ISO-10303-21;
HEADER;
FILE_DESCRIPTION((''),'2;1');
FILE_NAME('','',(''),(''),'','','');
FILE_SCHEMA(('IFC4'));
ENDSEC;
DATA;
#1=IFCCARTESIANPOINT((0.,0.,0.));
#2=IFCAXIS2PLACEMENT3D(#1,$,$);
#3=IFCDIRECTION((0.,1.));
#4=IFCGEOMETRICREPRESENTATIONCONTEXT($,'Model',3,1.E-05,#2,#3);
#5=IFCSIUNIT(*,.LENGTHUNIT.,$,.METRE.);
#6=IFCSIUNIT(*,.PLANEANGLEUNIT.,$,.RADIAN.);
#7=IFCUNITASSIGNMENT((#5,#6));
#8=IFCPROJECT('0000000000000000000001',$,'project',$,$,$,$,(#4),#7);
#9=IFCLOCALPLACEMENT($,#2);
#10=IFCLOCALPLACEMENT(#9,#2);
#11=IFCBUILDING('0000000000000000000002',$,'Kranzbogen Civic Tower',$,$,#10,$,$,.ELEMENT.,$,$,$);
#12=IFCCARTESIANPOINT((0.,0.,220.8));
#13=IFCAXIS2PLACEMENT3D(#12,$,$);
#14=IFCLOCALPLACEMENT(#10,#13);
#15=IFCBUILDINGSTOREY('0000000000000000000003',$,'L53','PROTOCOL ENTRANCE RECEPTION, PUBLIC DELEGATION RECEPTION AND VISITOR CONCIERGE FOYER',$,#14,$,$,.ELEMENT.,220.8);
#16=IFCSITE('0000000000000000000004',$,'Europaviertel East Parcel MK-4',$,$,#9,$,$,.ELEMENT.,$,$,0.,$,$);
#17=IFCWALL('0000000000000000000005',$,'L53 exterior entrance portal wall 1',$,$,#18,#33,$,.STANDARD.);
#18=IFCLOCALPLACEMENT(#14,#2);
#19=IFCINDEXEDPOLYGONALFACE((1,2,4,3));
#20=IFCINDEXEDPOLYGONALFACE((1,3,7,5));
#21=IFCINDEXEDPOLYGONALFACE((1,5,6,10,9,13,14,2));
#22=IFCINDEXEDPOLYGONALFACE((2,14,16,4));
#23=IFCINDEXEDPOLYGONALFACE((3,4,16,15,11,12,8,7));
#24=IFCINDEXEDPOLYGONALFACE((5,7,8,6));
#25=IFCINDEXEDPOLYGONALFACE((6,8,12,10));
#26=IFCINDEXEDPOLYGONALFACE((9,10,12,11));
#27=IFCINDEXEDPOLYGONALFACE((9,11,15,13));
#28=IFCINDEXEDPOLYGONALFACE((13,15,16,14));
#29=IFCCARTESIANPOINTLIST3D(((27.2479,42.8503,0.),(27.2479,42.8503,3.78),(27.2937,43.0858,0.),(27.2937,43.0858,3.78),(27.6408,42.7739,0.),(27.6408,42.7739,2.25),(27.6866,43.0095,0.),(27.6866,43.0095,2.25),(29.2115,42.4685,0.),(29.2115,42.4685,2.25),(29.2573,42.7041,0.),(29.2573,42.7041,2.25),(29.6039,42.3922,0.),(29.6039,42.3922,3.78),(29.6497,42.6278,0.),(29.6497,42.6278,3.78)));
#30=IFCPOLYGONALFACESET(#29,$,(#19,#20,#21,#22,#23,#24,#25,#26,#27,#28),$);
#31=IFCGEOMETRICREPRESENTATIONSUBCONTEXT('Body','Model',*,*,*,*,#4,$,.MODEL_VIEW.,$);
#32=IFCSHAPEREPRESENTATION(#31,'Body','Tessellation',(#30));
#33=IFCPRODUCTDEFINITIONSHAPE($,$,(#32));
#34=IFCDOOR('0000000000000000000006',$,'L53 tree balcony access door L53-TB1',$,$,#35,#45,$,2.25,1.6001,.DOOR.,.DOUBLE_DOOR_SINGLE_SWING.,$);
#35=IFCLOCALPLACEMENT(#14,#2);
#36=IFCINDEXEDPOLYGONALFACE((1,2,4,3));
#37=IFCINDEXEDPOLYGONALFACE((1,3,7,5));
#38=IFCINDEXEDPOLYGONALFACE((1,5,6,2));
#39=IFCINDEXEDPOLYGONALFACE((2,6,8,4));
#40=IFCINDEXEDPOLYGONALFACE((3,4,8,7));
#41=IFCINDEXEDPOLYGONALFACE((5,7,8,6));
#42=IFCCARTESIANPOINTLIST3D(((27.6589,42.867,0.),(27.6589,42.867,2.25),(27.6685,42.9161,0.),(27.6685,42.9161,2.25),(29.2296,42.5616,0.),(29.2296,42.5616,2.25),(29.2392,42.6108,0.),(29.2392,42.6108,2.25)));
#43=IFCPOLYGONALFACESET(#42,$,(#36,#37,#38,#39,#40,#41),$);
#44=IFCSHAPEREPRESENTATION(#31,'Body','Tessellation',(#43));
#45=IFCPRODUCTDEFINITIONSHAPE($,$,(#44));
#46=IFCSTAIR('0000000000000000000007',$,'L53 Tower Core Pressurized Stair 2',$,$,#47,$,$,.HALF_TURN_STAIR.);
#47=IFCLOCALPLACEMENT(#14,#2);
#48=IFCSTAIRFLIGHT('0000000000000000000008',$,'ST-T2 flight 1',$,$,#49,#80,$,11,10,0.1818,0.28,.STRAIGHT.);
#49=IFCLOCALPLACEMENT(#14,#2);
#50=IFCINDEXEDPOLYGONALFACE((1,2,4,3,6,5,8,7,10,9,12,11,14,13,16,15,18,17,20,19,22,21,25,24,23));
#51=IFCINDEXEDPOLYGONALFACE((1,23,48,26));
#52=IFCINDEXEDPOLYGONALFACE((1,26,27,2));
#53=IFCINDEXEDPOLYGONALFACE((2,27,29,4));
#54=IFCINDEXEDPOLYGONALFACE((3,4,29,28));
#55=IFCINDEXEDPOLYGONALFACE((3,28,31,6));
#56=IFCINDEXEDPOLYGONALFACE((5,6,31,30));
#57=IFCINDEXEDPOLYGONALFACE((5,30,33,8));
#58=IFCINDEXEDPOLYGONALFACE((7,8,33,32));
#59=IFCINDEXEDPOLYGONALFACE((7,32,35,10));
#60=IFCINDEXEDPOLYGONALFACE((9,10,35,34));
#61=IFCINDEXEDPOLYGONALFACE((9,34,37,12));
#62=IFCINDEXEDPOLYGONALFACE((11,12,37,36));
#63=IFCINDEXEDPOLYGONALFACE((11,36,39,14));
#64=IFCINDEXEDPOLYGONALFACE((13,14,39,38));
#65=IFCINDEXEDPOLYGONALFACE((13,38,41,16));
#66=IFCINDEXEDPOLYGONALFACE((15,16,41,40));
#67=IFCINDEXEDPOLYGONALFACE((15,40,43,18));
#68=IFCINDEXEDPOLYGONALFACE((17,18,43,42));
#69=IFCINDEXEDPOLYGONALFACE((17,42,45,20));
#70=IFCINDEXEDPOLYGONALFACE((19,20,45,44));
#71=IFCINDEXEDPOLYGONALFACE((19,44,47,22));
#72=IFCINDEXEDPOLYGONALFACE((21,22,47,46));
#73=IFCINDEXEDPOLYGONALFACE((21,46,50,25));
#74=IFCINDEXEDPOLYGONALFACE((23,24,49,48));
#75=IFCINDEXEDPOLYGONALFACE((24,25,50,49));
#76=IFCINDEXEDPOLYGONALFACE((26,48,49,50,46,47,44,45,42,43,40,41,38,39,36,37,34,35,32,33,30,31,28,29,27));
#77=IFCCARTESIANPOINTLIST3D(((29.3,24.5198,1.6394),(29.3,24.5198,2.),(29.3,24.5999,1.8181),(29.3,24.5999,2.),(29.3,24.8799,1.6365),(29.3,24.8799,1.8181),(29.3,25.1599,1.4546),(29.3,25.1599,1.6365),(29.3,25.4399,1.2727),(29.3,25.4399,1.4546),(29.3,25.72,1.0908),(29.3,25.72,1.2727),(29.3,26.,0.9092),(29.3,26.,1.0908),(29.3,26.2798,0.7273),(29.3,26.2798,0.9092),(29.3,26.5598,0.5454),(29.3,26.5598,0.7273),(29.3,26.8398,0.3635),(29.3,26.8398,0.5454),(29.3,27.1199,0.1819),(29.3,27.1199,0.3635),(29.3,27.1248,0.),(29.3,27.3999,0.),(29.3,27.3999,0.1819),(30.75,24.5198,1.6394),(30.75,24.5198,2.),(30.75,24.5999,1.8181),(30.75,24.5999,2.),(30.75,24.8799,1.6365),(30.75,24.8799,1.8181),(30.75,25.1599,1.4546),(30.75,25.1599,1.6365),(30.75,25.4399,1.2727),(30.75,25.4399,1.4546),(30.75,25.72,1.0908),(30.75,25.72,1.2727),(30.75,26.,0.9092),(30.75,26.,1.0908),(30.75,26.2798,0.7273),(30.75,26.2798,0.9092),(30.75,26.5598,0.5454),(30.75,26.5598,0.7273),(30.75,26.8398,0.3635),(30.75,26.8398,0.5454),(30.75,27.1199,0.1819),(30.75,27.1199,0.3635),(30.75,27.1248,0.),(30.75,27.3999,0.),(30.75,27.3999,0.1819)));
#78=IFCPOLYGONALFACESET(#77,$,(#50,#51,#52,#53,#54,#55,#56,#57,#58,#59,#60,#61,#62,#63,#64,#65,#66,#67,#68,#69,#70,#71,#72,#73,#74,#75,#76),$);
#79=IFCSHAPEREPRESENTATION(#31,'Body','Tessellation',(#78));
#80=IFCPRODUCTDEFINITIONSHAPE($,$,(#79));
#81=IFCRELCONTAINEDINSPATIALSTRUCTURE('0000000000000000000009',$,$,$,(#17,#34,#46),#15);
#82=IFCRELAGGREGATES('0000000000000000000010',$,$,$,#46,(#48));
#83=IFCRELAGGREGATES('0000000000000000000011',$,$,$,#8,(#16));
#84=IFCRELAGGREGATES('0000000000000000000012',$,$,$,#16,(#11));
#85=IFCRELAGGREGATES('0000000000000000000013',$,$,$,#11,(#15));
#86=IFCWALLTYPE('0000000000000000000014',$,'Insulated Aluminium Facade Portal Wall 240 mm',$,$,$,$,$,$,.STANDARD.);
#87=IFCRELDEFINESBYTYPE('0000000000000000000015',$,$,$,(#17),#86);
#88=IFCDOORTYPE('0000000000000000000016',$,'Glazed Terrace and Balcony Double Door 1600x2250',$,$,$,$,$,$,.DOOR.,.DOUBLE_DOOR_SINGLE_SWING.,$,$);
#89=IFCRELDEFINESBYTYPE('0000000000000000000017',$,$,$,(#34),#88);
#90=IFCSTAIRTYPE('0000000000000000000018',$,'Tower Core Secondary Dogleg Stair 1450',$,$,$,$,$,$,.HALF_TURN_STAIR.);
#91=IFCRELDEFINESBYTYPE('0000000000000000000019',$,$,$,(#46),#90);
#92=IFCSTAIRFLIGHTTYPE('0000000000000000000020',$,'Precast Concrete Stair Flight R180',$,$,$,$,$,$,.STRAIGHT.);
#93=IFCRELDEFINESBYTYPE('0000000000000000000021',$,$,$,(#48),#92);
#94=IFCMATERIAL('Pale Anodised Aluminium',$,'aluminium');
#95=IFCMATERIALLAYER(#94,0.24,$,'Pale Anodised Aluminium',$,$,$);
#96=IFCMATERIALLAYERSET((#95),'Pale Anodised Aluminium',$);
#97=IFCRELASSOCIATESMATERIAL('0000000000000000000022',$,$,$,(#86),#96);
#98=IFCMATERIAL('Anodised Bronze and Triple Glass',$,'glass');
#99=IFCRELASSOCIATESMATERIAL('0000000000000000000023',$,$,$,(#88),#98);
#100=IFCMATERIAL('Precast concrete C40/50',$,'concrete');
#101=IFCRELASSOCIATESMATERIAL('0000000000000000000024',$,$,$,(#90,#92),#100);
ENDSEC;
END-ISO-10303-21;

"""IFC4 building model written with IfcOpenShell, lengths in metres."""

from ifc_helpers import new_model, si_unit, direction, frame, frame_2d, origin, place, context, subcontext, project, spatial, polyline, rectangle, outline, extrude, material, layer, layer_set, type_object, element, fill, aggregate, save


model = new_model("IFC4")

# Units and contexts
model_context = context("Model", 3, precision=1e-05, world=origin(), true_north=direction((0.0, 1.0)))
body_context = subcontext(model_context, "Body", "Model", "MODEL_VIEW")
ifc_project = project(units=[si_unit("LENGTHUNIT", "METRE"), si_unit("PLANEANGLEUNIT", "RADIAN")], contexts=[model_context])

# Site, building, storey
site_placement = place(None, origin())
site = spatial("IfcSite", under=ifc_project, at=site_placement, Name="Europaviertel East Parcel MK-4", CompositionType="ELEMENT", RefElevation=0.0)
building_placement = place(site_placement, origin())
building = spatial("IfcBuilding", under=site, at=building_placement, Name="Kranzbogen Civic Tower", CompositionType="ELEMENT")
storey_placement = place(building_placement, frame((0.0, 0.0, 220.8)))
storey = spatial("IfcBuildingStorey", under=building, at=storey_placement, Name="L53", Description="PROTOCOL ENTRANCE RECEPTION, PUBLIC DELEGATION RECEPTION AND VISITOR CONCIERGE FOYER", CompositionType="ELEMENT", Elevation=220.8)

# Shared definitions
ifc_material_1 = material(Name="Pale Anodised Aluminium", Category="aluminium")

# Wall, opening, door
ifc_layer_1 = layer(ifc_material_1, 0.24, Name="Pale Anodised Aluminium")
ifc_layer_set_1 = layer_set([ifc_layer_1], Name="Pale Anodised Aluminium")
wall_type_1 = type_object("IfcWallType", Name="Insulated Aluminium Facade Portal Wall 240 mm", PredefinedType="STANDARD", material=ifc_layer_set_1)
wall_1_placement = place(storey_placement, frame((29.627, 42.51, 0.0), z_axis=(0.0, 0.0, 1.0), x_axis=(-0.981623, 0.190832, 0.0)))
wall_1 = element("IfcWall", 1, at=wall_1_placement, inside=storey, type_object=wall_type_1, Name="L53 exterior entrance portal wall 1", PredefinedType="STANDARD", context=body_context, shape_type="SweptSolid", body=[
    extrude(rectangle(XDim=2.4001, YDim=0.24, at=frame_2d((1.2002, 0.0))), origin(), (0.0, 0.0, 1.0), 3.78),
])
opening_1_placement = place(wall_1_placement, frame((0.3999, 0.0, 0.0)))
opening_1 = element("IfcOpeningElement", 2, at=opening_1_placement, cuts=wall_1, PredefinedType="OPENING", context=body_context, shape_type="SweptSolid", body=[
    extrude(rectangle(XDim=1.6001, YDim=2.25, at=frame_2d((0.8, 1.125))), frame((0.0, 0.1299, 0.0), z_axis=(0.0, -1.0, 0.0), x_axis=(1.0, 0.0, 0.0)), (0.0, 0.0, 1.0), 0.26),
])
ifc_material_2 = material(Name="Anodised Bronze and Triple Glass", Category="glass")
door_type_1 = type_object("IfcDoorType", Name="Glazed Terrace and Balcony Double Door 1600x2250", OperationType="DOUBLE_DOOR_SINGLE_SWING", PredefinedType="DOOR", material=ifc_material_2)
door_1_placement = place(opening_1_placement, frame((1.6001, 0.0, 0.0), z_axis=(0.0, 0.0, 1.0), x_axis=(-1.0, 0.0, 0.0)))
door_1 = element("IfcDoor", 3, at=door_1_placement, inside=storey, type_object=door_type_1, Name="L53 tree balcony access door L53-TB1", OperationType="DOUBLE_DOOR_SINGLE_SWING", OverallHeight=2.25, OverallWidth=1.6001, PredefinedType="DOOR", context=body_context, shape_type="SweptSolid", body=[
    extrude(rectangle(XDim=1.6001, YDim=2.25, at=frame_2d((0.8, 1.125))), frame((0.0, 0.0249, 0.0), z_axis=(0.0, -1.0, 0.0), x_axis=(1.0, 0.0, 0.0)), (0.0, 0.0, 1.0), 0.05),
])
fill(opening_1, door_1)

# Stair, stair flight
ifc_material_3 = material(Name="Precast concrete C40/50", Category="concrete")
stair_type = type_object("IfcStairType", Name="Tower Core Secondary Dogleg Stair 1450", PredefinedType="HALF_TURN_STAIR", material=ifc_material_3)
stair_placement = place(storey_placement, origin())
stair = element("IfcStair", 4, at=stair_placement, inside=storey, type_object=stair_type, Name="L53 Tower Core Pressurized Stair 2", PredefinedType="HALF_TURN_STAIR")
stair_flight_type = type_object("IfcStairFlightType", Name="Precast Concrete Stair Flight R180", PredefinedType="STRAIGHT", material=ifc_material_3)
stair_flight_placement = place(storey_placement, frame((30.0249, 27.3999, 0.0), z_axis=(0.0, 0.0, 1.0), x_axis=(0.0, -1.0, 0.0)))
stair_flight = element("IfcStairFlight", 5, at=stair_flight_placement, type_object=stair_flight_type, Name="ST-T2 flight 1", NumberOfRisers=11, NumberOfTreads=10, PredefinedType="STRAIGHT", RiserHeight=0.1818, TreadLength=0.28, context=body_context, shape_type="SweptSolid", body=[
    extrude(outline(polyline([(0.0, 0.0), (0.0, 0.1819), (0.28, 0.1819), (0.28, 0.3635), (0.5601, 0.3635), (0.5601, 0.5454), (0.8401, 0.5454), (0.8401, 0.7273), (1.1201, 0.7273), (1.1201, 0.9092), (1.3999, 0.9092), (1.3999, 1.0908), (1.6799, 1.0908), (1.6799, 1.2727), (1.96, 1.2727), (1.96, 1.4546), (2.24, 1.4546), (2.24, 1.6365), (2.52, 1.6365), (2.52, 1.8181), (2.8, 1.8181), (2.8, 2.0), (2.8801, 2.0), (2.8801, 1.6394), (0.2751, 0.0), (0.0, 0.0)])), frame((0.0, 0.7251, 0.0), z_axis=(0.0, -1.0, 0.0), x_axis=(1.0, 0.0, 0.0)), (0.0, 0.0, 1.0), 1.45),
])
aggregate(stair, [stair_flight])

save(model, "model.ifc")
